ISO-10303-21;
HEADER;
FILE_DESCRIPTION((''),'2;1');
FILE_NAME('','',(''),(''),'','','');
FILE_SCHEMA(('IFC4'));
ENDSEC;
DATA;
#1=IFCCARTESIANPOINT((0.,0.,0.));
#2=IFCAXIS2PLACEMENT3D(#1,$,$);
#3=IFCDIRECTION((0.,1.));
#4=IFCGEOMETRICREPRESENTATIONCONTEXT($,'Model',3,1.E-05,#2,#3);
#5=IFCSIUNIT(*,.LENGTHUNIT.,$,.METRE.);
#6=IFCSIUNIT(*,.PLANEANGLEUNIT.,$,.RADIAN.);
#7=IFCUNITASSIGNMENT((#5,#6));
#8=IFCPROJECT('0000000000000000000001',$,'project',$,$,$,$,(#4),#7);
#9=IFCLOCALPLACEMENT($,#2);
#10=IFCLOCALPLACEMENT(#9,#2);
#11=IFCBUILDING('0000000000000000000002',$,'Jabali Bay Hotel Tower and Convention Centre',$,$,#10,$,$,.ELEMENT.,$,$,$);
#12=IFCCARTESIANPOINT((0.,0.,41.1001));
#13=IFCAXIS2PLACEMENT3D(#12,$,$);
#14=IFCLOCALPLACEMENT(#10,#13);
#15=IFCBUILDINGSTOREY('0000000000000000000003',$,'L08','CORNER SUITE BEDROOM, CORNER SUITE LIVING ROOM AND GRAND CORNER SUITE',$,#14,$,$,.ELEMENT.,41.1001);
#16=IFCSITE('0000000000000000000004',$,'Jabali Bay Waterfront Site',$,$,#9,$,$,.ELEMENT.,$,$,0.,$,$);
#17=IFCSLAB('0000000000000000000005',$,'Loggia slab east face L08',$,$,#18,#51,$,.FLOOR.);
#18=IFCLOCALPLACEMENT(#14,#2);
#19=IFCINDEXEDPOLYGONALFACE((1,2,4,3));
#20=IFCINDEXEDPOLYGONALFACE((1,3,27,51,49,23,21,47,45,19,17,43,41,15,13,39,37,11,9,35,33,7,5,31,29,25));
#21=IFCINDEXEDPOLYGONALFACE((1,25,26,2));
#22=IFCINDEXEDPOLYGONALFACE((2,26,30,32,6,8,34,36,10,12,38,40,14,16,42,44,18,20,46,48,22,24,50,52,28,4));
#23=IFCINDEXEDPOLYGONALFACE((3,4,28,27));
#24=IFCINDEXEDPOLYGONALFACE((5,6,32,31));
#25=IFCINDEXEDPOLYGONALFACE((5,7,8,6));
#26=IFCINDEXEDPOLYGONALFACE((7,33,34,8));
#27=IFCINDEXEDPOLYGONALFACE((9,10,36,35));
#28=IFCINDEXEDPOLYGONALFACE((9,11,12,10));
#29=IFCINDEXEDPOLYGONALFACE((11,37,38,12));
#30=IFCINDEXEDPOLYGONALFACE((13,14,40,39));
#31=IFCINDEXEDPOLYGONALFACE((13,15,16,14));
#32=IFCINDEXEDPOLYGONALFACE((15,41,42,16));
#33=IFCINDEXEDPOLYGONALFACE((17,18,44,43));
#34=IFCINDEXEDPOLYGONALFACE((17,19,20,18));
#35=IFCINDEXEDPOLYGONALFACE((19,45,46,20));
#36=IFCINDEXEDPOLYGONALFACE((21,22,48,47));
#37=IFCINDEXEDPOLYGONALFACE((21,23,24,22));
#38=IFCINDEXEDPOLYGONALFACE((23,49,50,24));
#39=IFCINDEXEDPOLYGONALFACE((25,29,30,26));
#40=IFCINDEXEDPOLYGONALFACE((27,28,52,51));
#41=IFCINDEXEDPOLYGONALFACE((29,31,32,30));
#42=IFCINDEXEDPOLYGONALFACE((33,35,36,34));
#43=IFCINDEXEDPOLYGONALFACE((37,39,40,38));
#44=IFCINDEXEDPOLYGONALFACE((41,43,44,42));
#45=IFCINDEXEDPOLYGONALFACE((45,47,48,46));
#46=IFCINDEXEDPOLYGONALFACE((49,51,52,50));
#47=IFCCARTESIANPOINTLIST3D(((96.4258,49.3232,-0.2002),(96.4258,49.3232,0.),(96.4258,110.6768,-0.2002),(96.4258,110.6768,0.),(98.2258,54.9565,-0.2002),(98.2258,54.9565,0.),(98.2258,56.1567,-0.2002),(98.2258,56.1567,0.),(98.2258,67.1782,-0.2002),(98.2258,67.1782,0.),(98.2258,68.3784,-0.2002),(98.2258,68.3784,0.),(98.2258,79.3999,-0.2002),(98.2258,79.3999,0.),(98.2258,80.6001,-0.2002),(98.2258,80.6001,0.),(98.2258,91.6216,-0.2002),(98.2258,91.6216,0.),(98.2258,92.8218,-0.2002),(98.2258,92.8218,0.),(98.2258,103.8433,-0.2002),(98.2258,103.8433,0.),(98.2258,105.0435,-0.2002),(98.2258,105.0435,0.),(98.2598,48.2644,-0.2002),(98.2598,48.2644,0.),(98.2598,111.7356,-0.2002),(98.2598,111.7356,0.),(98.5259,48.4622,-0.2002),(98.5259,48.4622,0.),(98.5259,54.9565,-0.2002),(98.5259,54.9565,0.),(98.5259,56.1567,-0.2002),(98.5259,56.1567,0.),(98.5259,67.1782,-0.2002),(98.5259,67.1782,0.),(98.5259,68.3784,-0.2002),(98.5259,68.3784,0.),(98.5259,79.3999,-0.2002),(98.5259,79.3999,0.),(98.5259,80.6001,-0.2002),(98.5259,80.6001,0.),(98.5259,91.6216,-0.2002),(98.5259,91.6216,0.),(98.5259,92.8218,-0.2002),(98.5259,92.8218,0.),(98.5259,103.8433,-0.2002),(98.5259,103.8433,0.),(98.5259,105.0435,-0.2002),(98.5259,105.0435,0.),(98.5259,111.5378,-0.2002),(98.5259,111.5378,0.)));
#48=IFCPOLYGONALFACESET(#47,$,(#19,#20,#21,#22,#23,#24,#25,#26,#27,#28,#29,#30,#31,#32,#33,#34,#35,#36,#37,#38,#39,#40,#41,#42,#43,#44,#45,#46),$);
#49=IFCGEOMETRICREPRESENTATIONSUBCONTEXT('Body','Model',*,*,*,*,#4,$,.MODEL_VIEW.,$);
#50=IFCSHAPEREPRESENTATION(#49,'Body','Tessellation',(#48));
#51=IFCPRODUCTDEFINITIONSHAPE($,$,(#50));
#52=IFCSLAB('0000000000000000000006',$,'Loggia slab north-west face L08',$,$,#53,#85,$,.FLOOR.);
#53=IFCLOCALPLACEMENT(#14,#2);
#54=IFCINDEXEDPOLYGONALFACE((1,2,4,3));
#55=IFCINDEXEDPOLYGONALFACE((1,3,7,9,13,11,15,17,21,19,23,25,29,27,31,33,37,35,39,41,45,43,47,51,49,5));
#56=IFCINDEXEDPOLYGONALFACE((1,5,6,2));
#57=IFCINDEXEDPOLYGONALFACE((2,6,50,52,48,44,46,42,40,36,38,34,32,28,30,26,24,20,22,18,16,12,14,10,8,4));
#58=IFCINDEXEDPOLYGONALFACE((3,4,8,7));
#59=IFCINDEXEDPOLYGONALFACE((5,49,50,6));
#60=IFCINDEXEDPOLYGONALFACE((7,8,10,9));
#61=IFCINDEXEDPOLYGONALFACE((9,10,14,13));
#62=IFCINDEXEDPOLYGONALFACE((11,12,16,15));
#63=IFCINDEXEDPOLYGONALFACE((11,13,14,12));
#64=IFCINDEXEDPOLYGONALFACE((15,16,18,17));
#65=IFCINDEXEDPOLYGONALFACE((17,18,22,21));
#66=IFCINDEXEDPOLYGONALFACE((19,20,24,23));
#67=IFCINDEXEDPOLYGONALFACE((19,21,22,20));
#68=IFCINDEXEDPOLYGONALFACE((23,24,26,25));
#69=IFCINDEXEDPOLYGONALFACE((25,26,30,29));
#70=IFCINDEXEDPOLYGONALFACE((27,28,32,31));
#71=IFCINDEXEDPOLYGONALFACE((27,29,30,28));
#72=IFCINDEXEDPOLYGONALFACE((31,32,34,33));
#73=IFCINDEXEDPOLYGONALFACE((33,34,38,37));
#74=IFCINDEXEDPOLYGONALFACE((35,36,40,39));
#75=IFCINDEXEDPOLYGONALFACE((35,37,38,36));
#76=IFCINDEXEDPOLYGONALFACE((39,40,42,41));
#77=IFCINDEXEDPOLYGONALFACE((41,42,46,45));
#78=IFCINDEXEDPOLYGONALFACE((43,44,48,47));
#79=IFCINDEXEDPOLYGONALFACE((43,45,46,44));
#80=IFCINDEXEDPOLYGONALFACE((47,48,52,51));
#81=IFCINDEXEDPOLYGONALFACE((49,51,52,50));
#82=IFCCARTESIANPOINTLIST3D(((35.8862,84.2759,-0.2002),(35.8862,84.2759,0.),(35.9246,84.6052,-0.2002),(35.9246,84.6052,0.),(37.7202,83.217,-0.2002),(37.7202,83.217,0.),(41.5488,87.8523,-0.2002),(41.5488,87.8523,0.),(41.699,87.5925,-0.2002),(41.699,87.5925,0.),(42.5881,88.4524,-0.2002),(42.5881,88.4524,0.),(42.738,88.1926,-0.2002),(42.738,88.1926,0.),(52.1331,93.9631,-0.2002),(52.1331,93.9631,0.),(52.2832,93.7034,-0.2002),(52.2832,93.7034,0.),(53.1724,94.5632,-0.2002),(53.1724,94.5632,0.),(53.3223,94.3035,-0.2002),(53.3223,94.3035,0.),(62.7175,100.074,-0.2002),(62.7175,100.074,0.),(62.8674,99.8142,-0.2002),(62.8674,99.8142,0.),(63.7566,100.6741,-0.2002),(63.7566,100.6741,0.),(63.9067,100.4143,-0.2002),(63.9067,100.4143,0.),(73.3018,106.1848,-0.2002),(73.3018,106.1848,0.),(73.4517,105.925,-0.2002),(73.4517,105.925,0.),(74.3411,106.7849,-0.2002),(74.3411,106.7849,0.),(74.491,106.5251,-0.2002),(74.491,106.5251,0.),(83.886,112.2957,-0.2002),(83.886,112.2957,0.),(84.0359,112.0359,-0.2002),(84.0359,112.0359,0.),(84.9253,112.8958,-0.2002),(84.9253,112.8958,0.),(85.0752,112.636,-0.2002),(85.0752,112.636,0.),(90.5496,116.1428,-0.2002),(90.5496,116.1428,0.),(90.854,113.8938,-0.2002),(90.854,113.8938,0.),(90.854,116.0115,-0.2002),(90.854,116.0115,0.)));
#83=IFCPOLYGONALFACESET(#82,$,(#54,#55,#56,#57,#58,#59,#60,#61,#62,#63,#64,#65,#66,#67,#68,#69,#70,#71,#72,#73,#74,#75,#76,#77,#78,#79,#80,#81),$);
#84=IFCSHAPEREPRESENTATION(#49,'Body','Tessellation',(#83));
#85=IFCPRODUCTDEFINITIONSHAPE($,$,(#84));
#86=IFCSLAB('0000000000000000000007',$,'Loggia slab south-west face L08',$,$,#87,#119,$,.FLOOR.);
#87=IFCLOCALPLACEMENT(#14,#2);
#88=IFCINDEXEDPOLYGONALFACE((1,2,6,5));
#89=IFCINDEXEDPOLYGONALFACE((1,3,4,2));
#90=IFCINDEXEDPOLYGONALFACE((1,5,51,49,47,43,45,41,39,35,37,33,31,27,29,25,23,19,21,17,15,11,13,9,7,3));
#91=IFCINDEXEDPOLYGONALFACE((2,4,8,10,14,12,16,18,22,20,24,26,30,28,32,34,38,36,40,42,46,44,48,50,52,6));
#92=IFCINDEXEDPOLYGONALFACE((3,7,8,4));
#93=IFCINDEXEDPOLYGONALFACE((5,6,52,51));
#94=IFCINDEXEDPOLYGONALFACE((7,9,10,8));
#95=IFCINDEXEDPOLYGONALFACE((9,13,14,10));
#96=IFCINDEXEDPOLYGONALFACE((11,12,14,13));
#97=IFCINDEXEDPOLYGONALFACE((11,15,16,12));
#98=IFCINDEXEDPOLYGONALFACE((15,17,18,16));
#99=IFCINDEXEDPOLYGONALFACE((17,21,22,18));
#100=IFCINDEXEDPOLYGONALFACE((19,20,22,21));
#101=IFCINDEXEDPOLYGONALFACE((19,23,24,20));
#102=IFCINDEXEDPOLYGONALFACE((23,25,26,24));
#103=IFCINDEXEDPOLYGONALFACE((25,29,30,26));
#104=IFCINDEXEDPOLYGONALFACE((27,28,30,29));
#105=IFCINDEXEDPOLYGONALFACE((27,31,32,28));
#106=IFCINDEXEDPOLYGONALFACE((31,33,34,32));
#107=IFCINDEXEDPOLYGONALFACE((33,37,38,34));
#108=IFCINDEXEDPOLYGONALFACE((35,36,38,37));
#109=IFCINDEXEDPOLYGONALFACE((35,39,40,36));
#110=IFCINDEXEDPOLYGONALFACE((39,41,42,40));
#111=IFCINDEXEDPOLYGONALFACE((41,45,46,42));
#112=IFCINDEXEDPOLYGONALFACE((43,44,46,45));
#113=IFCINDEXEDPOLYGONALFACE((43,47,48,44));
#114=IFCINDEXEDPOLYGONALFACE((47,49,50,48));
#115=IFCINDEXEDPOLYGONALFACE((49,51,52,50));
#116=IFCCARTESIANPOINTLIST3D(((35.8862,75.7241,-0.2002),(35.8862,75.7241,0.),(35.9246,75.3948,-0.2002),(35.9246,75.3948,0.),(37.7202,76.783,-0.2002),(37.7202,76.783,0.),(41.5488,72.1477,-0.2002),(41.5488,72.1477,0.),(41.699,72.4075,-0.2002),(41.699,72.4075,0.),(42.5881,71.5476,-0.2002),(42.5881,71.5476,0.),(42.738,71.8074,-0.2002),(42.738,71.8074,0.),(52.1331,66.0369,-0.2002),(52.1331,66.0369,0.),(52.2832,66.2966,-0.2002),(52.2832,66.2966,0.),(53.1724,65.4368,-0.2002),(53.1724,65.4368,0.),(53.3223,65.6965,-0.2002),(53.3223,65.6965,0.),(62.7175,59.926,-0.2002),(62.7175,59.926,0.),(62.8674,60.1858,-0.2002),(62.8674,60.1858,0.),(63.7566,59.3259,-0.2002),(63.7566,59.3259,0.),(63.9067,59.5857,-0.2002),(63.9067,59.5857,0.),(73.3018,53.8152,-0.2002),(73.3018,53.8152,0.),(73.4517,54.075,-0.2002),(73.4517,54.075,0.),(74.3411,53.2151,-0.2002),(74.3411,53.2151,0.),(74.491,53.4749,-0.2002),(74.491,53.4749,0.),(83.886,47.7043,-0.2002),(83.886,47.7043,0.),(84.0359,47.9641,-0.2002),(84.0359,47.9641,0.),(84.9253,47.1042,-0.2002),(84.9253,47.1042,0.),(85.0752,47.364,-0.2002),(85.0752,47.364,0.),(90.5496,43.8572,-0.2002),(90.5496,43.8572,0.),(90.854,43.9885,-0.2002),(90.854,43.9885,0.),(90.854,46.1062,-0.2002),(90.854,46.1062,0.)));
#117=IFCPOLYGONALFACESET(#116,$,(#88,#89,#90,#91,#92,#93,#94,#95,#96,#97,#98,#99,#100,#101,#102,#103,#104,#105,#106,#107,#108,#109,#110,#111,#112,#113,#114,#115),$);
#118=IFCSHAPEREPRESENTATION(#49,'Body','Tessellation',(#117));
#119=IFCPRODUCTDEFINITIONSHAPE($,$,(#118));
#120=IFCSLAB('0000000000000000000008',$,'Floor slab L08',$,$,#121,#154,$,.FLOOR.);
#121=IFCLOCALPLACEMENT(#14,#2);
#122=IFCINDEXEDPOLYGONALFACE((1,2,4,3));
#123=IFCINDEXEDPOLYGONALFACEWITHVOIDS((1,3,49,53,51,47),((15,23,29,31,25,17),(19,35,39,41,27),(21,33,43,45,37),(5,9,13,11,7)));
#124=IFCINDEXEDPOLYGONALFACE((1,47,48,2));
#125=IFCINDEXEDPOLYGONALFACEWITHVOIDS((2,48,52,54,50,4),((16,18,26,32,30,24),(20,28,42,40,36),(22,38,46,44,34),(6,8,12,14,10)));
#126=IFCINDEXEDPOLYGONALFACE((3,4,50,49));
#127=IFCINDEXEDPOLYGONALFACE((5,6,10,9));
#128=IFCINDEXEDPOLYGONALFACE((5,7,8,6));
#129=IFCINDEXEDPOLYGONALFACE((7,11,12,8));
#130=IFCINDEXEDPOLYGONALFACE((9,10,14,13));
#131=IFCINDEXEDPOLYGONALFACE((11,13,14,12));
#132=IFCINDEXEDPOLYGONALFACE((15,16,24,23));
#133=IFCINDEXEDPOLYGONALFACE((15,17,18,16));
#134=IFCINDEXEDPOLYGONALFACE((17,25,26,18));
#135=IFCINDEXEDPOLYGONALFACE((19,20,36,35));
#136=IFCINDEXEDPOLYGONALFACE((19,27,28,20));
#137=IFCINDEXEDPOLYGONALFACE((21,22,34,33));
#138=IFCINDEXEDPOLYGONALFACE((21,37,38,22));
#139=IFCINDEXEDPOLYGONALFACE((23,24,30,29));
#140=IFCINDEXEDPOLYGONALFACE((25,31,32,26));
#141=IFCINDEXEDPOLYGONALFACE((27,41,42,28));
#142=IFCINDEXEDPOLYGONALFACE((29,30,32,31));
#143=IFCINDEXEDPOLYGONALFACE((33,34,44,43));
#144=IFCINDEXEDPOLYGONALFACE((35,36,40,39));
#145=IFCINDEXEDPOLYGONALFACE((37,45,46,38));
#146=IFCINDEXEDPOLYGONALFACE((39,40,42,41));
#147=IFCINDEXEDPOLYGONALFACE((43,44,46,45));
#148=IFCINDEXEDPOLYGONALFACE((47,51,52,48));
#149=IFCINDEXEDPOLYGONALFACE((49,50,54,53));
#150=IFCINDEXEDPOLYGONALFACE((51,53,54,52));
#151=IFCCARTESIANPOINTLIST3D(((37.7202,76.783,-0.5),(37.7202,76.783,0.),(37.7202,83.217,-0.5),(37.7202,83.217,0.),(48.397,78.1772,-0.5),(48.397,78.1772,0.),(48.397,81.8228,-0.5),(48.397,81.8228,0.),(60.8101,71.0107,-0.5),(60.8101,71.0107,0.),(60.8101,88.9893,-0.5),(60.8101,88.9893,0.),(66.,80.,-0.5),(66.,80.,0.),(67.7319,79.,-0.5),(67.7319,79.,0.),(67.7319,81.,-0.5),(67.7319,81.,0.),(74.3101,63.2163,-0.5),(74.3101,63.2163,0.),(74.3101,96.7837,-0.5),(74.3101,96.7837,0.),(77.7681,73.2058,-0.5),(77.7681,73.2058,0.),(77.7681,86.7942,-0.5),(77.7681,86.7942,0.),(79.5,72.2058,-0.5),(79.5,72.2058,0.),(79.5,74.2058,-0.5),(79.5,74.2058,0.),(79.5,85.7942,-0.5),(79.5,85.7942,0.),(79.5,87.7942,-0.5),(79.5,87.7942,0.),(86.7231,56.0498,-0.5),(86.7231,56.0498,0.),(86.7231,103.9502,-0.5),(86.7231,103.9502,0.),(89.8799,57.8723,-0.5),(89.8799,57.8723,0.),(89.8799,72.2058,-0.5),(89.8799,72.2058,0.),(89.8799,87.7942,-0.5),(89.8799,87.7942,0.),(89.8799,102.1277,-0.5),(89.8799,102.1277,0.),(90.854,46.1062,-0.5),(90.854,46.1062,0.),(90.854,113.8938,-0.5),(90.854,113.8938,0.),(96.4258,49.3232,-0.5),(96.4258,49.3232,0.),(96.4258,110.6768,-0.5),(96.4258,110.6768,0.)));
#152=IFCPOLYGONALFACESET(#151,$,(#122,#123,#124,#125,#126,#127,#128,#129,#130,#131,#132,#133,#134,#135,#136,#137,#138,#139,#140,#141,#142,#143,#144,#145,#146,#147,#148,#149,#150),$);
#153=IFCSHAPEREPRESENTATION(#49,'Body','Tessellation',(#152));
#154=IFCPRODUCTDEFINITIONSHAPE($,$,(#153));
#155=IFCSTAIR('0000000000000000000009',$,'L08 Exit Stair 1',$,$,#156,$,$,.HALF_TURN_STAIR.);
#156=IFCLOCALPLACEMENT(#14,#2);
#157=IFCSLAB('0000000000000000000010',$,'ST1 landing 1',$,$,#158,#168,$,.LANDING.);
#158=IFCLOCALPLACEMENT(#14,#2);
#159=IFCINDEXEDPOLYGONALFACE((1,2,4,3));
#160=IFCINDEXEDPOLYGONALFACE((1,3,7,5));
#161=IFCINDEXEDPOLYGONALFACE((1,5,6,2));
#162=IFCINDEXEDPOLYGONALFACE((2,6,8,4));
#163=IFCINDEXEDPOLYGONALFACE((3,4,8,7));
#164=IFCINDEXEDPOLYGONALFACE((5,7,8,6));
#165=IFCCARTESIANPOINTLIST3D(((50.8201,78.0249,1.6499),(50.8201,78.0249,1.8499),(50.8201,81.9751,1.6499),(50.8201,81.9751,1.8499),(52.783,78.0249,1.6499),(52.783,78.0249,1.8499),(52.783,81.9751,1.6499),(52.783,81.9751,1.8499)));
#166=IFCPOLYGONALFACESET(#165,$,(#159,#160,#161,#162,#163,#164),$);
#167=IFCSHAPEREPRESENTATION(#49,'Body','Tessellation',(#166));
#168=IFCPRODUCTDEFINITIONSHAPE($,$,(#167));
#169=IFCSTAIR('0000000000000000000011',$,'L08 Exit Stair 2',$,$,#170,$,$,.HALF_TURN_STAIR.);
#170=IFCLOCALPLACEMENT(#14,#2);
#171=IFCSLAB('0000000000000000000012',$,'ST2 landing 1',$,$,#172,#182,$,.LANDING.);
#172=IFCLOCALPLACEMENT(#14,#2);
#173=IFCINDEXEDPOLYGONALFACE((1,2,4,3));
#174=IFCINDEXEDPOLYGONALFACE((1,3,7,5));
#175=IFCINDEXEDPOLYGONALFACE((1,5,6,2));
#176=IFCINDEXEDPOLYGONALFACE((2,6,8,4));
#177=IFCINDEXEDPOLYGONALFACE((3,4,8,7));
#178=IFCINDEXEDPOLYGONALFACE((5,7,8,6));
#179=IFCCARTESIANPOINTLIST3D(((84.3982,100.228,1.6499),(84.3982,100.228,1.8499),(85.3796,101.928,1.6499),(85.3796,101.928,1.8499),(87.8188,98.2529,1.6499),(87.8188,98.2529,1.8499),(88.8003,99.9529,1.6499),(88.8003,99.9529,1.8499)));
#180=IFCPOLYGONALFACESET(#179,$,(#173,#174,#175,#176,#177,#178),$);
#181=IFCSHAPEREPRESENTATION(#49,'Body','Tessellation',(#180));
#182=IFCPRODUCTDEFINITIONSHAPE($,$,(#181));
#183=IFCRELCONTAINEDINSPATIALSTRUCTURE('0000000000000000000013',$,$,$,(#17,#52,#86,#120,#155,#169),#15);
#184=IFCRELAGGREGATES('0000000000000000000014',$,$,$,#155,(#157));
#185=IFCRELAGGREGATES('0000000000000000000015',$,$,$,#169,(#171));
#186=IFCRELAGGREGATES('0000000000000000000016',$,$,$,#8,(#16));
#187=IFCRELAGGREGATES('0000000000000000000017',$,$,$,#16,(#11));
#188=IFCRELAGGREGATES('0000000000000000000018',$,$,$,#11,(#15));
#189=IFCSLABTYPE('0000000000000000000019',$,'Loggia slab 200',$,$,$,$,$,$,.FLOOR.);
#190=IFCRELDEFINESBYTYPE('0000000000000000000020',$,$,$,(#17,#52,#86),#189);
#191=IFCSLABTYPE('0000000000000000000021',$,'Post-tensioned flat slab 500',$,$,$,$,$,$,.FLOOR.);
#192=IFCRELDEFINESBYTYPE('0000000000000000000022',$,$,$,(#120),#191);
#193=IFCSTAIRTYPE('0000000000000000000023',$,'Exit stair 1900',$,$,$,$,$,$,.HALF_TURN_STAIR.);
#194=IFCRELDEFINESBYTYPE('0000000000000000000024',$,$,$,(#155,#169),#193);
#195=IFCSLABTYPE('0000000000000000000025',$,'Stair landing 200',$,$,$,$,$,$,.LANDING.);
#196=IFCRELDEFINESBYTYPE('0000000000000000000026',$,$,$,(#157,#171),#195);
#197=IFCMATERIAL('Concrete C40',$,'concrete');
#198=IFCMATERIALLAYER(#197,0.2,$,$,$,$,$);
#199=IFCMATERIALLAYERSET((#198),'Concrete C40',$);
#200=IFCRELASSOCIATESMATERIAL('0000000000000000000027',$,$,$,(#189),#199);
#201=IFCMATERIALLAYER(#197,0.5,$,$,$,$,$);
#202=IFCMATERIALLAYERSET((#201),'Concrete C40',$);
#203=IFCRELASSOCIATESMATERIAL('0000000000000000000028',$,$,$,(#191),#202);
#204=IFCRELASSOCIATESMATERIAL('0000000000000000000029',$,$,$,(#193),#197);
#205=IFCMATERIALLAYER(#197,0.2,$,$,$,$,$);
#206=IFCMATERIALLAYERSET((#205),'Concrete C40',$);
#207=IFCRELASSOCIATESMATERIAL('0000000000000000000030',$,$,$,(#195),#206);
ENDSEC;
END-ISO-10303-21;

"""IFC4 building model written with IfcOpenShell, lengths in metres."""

from ifc_helpers import new_model, si_unit, direction, frame, origin, place, context, subcontext, project, spatial, polyline, outline, extrude, material, layer, layer_set, type_object, element, aggregate, save


model = new_model("IFC4")

# Units and contexts
model_context = context("Model", 3, precision=1e-05, world=origin(), true_north=direction((0.0, 1.0)))
body_context = subcontext(model_context, "Body", "Model", "MODEL_VIEW")
ifc_project = project(units=[si_unit("LENGTHUNIT", "METRE"), si_unit("PLANEANGLEUNIT", "RADIAN")], contexts=[model_context])

# Site, building, storey
site_placement = place(None, origin())
site = spatial("IfcSite", under=ifc_project, at=site_placement, Name="Jabali Bay Waterfront Site", CompositionType="ELEMENT", RefElevation=0.0)
building_placement = place(site_placement, origin())
building = spatial("IfcBuilding", under=site, at=building_placement, Name="Jabali Bay Hotel Tower and Convention Centre", CompositionType="ELEMENT")
storey_placement = place(building_placement, frame((0.0, 0.0, 41.1001)))
storey = spatial("IfcBuildingStorey", under=building, at=storey_placement, Name="L08", Description="CORNER SUITE BEDROOM, CORNER SUITE LIVING ROOM AND GRAND CORNER SUITE", CompositionType="ELEMENT", Elevation=41.1001)

# Slabs
ifc_material_1 = material(Name="Concrete C40", Category="concrete")
ifc_layer_1 = layer(ifc_material_1, 0.2)
ifc_layer_set_1 = layer_set([ifc_layer_1], Name="Concrete C40")
slab_type_1 = type_object("IfcSlabType", Name="Loggia slab 200", PredefinedType="FLOOR", material=ifc_layer_set_1)
slab_1_placement = place(storey_placement, frame((0.0, 0.0, -0.2002)))
element("IfcSlab", 1, at=slab_1_placement, inside=storey, type_object=slab_type_1, Name="Loggia slab east face L08", PredefinedType="FLOOR", context=body_context, shape_type="SweptSolid", body=[
    extrude(outline(polyline([(96.4258, 110.6768), (98.2598, 111.7356), (98.5259, 111.5378), (98.5259, 105.0435), (98.2258, 105.0435), (98.2258, 103.8433), (98.5259, 103.8433), (98.5259, 92.8218), (98.2258, 92.8218), (98.2258, 91.6216), (98.5259, 91.6216), (98.5259, 80.6001), (98.2258, 80.6001), (98.2258, 79.3999), (98.5259, 79.3999), (98.5259, 68.3784), (98.2258, 68.3784), (98.2258, 67.1782), (98.5259, 67.1782), (98.5259, 56.1567), (98.2258, 56.1567), (98.2258, 54.9565), (98.5259, 54.9565), (98.5259, 48.4622), (98.2598, 48.2644), (96.4258, 49.3232), (96.4258, 110.6768)])), origin(), (0.0, 0.0, 1.0), 0.2002),
])
slab_2_placement = place(storey_placement, frame((0.0, 0.0, -0.2002)))
element("IfcSlab", 2, at=slab_2_placement, inside=storey, type_object=slab_type_1, Name="Loggia slab north-west face L08", PredefinedType="FLOOR", context=body_context, shape_type="SweptSolid", body=[
    extrude(outline(polyline([(37.7202, 83.217), (35.8862, 84.2759), (35.9246, 84.6052), (41.5488, 87.8523), (41.699, 87.5925), (42.738, 88.1926), (42.5881, 88.4524), (52.1331, 93.9631), (52.2832, 93.7034), (53.3223, 94.3035), (53.1724, 94.5632), (62.7175, 100.074), (62.8674, 99.8142), (63.9067, 100.4143), (63.7566, 100.6741), (73.3018, 106.1848), (73.4517, 105.925), (74.491, 106.5251), (74.3411, 106.7849), (83.886, 112.2957), (84.0359, 112.0359), (85.0752, 112.636), (84.9253, 112.8958), (90.5496, 116.1428), (90.854, 116.0115), (90.854, 113.8938), (37.7202, 83.217)])), origin(), (0.0, 0.0, 1.0), 0.2002),
])
slab_3_placement = place(storey_placement, frame((0.0, 0.0, -0.2002)))
element("IfcSlab", 3, at=slab_3_placement, inside=storey, type_object=slab_type_1, Name="Loggia slab south-west face L08", PredefinedType="FLOOR", context=body_context, shape_type="SweptSolid", body=[
    extrude(outline(polyline([(90.854, 46.1062), (90.854, 43.9885), (90.5496, 43.8572), (84.9253, 47.1042), (85.0752, 47.364), (84.0359, 47.9641), (83.886, 47.7043), (74.3411, 53.2151), (74.491, 53.4749), (73.4517, 54.075), (73.3018, 53.8152), (63.7566, 59.3259), (63.9067, 59.5857), (62.8674, 60.1858), (62.7175, 59.926), (53.1724, 65.4368), (53.3223, 65.6965), (52.2832, 66.2966), (52.1331, 66.0369), (42.5881, 71.5476), (42.738, 71.8074), (41.699, 72.4075), (41.5488, 72.1477), (35.9246, 75.3948), (35.8862, 75.7241), (37.7202, 76.783), (90.854, 46.1062)])), origin(), (0.0, 0.0, 1.0), 0.2002),
])
ifc_layer_2 = layer(ifc_material_1, 0.5)
ifc_layer_set_2 = layer_set([ifc_layer_2], Name="Concrete C40")
slab_type_2 = type_object("IfcSlabType", Name="Post-tensioned flat slab 500", PredefinedType="FLOOR", material=ifc_layer_set_2)
slab_4_placement = place(storey_placement, frame((0.0, 0.0, -0.5)))
element("IfcSlab", 4, at=slab_4_placement, inside=storey, type_object=slab_type_2, Name="Floor slab L08", PredefinedType="FLOOR", context=body_context, shape_type="SweptSolid", body=[
    extrude(outline(polyline([(90.854, 113.8938), (96.4258, 110.6768), (96.4258, 49.3232), (90.854, 46.1062), (37.7202, 76.783), (37.7202, 83.217), (90.854, 113.8938)]), holes=[polyline([(67.7319, 79.0), (77.7681, 73.2058), (79.5, 74.2058), (79.5, 85.7942), (77.7681, 86.7942), (67.7319, 81.0), (67.7319, 79.0)]), polyline([(48.397, 78.1772), (60.8101, 71.0107), (66.0, 80.0), (60.8101, 88.9893), (48.397, 81.8228), (48.397, 78.1772)]), polyline([(89.8799, 102.1277), (86.7231, 103.9502), (74.3101, 96.7837), (79.5, 87.7942), (89.8799, 87.7942), (89.8799, 102.1277)]), polyline([(74.3101, 63.2163), (86.7231, 56.0498), (89.8799, 57.8723), (89.8799, 72.2058), (79.5, 72.2058), (74.3101, 63.2163)])]), origin(), (0.0, 0.0, 1.0), 0.5),
])

# Stairs, slabs
stair_type = type_object("IfcStairType", Name="Exit stair 1900", PredefinedType="HALF_TURN_STAIR", material=ifc_material_1)
stair_1_placement = place(storey_placement, origin())
stair_1 = element("IfcStair", 5, at=stair_1_placement, inside=storey, type_object=stair_type, Name="L08 Exit Stair 1", PredefinedType="HALF_TURN_STAIR")
ifc_layer_3 = layer(ifc_material_1, 0.2)
ifc_layer_set_3 = layer_set([ifc_layer_3], Name="Concrete C40")
slab_type_3 = type_object("IfcSlabType", Name="Stair landing 200", PredefinedType="LANDING", material=ifc_layer_set_3)
slab_5_placement = place(storey_placement, frame((0.0, 0.0, 1.6499)))
slab_5 = element("IfcSlab", 6, at=slab_5_placement, type_object=slab_type_3, Name="ST1 landing 1", PredefinedType="LANDING", context=body_context, shape_type="SweptSolid", body=[
    extrude(outline(polyline([(52.783, 81.9751), (50.8201, 81.9751), (50.8201, 78.0249), (52.783, 78.0249), (52.783, 81.9751)])), origin(), (0.0, 0.0, 1.0), 0.2),
])
aggregate(stair_1, [slab_5])
stair_2_placement = place(storey_placement, origin())
stair_2 = element("IfcStair", 7, at=stair_2_placement, inside=storey, type_object=stair_type, Name="L08 Exit Stair 2", PredefinedType="HALF_TURN_STAIR")
slab_6_placement = place(storey_placement, frame((0.0, 0.0, 1.6499)))
slab_6 = element("IfcSlab", 8, at=slab_6_placement, type_object=slab_type_3, Name="ST2 landing 1", PredefinedType="LANDING", context=body_context, shape_type="SweptSolid", body=[
    extrude(outline(polyline([(87.8188, 98.2529), (88.8003, 99.9529), (85.3796, 101.928), (84.3982, 100.228), (87.8188, 98.2529)])), origin(), (0.0, 0.0, 1.0), 0.2),
])
aggregate(stair_2, [slab_6])

save(model, "model.ifc")
